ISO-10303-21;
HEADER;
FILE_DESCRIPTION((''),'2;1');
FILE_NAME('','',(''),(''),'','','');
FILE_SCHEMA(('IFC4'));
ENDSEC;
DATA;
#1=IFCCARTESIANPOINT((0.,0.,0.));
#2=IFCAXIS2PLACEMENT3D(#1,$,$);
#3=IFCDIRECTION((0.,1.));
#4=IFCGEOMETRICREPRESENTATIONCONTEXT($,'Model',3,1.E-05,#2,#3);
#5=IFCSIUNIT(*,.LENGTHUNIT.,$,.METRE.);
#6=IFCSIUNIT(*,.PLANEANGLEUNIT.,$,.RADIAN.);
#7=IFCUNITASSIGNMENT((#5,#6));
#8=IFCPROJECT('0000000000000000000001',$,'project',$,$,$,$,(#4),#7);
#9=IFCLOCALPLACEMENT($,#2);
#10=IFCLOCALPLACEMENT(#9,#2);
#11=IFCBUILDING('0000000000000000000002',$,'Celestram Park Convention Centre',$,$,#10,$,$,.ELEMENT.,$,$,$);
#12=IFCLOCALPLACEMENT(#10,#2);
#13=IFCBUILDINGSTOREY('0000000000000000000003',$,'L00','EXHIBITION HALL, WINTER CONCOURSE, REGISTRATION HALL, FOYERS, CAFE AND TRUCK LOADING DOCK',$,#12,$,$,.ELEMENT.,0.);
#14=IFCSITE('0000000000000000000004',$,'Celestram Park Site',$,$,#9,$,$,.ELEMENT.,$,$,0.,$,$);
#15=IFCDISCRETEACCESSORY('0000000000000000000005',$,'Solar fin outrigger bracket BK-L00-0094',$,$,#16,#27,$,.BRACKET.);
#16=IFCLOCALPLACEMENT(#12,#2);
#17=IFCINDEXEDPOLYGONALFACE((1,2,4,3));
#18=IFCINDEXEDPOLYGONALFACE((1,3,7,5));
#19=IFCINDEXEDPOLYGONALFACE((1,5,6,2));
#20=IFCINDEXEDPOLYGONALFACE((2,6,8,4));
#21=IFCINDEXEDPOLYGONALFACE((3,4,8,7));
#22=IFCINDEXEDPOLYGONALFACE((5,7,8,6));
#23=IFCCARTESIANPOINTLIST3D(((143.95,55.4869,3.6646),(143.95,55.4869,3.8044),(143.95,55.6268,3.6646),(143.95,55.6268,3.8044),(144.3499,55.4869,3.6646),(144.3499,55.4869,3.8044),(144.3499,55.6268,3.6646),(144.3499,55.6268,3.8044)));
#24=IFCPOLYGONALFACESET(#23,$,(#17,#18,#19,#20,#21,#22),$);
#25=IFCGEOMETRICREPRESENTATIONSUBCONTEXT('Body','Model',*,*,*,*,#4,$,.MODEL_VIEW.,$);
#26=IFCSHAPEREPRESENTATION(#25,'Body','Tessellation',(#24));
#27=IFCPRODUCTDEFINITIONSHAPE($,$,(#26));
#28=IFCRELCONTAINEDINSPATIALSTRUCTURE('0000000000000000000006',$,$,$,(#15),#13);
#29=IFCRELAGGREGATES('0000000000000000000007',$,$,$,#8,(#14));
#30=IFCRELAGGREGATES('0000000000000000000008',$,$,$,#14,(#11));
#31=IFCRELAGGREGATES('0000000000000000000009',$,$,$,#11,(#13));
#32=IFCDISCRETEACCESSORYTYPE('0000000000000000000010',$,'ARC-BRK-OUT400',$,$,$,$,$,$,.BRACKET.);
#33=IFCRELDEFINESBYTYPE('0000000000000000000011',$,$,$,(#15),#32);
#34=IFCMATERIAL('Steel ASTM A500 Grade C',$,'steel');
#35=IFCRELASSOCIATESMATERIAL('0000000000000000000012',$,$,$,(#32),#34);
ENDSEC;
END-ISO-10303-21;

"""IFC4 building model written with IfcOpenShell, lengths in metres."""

from ifc_helpers import new_model, si_unit, direction, frame, origin, origin_2d, place, context, subcontext, project, spatial, rectangle, extrude, material, type_object, element, save


model = new_model("IFC4")

# Units and contexts
model_context = context("Model", 3, precision=1e-05, world=origin(), true_north=direction((0.0, 1.0)))
body_context = subcontext(model_context, "Body", "Model", "MODEL_VIEW")
ifc_project = project(units=[si_unit("LENGTHUNIT", "METRE"), si_unit("PLANEANGLEUNIT", "RADIAN")], contexts=[model_context])

# Site, building, storey
site_placement = place(None, origin())
site = spatial("IfcSite", under=ifc_project, at=site_placement, Name="Celestram Park Site", CompositionType="ELEMENT", RefElevation=0.0)
building_placement = place(site_placement, origin())
building = spatial("IfcBuilding", under=site, at=building_placement, Name="Celestram Park Convention Centre", CompositionType="ELEMENT")
storey_placement = place(building_placement, origin())
storey = spatial("IfcBuildingStorey", under=building, at=storey_placement, Name="L00", Description="EXHIBITION HALL, WINTER CONCOURSE, REGISTRATION HALL, FOYERS, CAFE AND TRUCK LOADING DOCK", CompositionType="ELEMENT", Elevation=0.0)

# Shared definitions
ifc_material_1 = material(Name="Steel ASTM A500 Grade C", Category="steel")

# Discrete accessory
discrete_accessory_type = type_object("IfcDiscreteAccessoryType", Name="ARC-BRK-OUT400", PredefinedType="BRACKET", material=ifc_material_1)
for number, where, z_axis, x_axis, name in (
    (1, (144.1499, 55.5569, 3.6646), (0.0, 0.0, 1.0), (1.0, 0.0, 0.0), "Solar fin outrigger bracket BK-L00-0094"),
):
    element("IfcDiscreteAccessory", number, at=place(storey_placement, frame(where, z_axis=z_axis, x_axis=x_axis)), inside=storey, type_object=discrete_accessory_type, Name=name, PredefinedType="BRACKET", context=body_context, shape_type="SweptSolid", body=[
        extrude(rectangle(XDim=0.3999, YDim=0.1399, at=origin_2d()), origin(), (0.0, 0.0, 1.0), 0.1399),
    ])

save(model, "model.ifc")
